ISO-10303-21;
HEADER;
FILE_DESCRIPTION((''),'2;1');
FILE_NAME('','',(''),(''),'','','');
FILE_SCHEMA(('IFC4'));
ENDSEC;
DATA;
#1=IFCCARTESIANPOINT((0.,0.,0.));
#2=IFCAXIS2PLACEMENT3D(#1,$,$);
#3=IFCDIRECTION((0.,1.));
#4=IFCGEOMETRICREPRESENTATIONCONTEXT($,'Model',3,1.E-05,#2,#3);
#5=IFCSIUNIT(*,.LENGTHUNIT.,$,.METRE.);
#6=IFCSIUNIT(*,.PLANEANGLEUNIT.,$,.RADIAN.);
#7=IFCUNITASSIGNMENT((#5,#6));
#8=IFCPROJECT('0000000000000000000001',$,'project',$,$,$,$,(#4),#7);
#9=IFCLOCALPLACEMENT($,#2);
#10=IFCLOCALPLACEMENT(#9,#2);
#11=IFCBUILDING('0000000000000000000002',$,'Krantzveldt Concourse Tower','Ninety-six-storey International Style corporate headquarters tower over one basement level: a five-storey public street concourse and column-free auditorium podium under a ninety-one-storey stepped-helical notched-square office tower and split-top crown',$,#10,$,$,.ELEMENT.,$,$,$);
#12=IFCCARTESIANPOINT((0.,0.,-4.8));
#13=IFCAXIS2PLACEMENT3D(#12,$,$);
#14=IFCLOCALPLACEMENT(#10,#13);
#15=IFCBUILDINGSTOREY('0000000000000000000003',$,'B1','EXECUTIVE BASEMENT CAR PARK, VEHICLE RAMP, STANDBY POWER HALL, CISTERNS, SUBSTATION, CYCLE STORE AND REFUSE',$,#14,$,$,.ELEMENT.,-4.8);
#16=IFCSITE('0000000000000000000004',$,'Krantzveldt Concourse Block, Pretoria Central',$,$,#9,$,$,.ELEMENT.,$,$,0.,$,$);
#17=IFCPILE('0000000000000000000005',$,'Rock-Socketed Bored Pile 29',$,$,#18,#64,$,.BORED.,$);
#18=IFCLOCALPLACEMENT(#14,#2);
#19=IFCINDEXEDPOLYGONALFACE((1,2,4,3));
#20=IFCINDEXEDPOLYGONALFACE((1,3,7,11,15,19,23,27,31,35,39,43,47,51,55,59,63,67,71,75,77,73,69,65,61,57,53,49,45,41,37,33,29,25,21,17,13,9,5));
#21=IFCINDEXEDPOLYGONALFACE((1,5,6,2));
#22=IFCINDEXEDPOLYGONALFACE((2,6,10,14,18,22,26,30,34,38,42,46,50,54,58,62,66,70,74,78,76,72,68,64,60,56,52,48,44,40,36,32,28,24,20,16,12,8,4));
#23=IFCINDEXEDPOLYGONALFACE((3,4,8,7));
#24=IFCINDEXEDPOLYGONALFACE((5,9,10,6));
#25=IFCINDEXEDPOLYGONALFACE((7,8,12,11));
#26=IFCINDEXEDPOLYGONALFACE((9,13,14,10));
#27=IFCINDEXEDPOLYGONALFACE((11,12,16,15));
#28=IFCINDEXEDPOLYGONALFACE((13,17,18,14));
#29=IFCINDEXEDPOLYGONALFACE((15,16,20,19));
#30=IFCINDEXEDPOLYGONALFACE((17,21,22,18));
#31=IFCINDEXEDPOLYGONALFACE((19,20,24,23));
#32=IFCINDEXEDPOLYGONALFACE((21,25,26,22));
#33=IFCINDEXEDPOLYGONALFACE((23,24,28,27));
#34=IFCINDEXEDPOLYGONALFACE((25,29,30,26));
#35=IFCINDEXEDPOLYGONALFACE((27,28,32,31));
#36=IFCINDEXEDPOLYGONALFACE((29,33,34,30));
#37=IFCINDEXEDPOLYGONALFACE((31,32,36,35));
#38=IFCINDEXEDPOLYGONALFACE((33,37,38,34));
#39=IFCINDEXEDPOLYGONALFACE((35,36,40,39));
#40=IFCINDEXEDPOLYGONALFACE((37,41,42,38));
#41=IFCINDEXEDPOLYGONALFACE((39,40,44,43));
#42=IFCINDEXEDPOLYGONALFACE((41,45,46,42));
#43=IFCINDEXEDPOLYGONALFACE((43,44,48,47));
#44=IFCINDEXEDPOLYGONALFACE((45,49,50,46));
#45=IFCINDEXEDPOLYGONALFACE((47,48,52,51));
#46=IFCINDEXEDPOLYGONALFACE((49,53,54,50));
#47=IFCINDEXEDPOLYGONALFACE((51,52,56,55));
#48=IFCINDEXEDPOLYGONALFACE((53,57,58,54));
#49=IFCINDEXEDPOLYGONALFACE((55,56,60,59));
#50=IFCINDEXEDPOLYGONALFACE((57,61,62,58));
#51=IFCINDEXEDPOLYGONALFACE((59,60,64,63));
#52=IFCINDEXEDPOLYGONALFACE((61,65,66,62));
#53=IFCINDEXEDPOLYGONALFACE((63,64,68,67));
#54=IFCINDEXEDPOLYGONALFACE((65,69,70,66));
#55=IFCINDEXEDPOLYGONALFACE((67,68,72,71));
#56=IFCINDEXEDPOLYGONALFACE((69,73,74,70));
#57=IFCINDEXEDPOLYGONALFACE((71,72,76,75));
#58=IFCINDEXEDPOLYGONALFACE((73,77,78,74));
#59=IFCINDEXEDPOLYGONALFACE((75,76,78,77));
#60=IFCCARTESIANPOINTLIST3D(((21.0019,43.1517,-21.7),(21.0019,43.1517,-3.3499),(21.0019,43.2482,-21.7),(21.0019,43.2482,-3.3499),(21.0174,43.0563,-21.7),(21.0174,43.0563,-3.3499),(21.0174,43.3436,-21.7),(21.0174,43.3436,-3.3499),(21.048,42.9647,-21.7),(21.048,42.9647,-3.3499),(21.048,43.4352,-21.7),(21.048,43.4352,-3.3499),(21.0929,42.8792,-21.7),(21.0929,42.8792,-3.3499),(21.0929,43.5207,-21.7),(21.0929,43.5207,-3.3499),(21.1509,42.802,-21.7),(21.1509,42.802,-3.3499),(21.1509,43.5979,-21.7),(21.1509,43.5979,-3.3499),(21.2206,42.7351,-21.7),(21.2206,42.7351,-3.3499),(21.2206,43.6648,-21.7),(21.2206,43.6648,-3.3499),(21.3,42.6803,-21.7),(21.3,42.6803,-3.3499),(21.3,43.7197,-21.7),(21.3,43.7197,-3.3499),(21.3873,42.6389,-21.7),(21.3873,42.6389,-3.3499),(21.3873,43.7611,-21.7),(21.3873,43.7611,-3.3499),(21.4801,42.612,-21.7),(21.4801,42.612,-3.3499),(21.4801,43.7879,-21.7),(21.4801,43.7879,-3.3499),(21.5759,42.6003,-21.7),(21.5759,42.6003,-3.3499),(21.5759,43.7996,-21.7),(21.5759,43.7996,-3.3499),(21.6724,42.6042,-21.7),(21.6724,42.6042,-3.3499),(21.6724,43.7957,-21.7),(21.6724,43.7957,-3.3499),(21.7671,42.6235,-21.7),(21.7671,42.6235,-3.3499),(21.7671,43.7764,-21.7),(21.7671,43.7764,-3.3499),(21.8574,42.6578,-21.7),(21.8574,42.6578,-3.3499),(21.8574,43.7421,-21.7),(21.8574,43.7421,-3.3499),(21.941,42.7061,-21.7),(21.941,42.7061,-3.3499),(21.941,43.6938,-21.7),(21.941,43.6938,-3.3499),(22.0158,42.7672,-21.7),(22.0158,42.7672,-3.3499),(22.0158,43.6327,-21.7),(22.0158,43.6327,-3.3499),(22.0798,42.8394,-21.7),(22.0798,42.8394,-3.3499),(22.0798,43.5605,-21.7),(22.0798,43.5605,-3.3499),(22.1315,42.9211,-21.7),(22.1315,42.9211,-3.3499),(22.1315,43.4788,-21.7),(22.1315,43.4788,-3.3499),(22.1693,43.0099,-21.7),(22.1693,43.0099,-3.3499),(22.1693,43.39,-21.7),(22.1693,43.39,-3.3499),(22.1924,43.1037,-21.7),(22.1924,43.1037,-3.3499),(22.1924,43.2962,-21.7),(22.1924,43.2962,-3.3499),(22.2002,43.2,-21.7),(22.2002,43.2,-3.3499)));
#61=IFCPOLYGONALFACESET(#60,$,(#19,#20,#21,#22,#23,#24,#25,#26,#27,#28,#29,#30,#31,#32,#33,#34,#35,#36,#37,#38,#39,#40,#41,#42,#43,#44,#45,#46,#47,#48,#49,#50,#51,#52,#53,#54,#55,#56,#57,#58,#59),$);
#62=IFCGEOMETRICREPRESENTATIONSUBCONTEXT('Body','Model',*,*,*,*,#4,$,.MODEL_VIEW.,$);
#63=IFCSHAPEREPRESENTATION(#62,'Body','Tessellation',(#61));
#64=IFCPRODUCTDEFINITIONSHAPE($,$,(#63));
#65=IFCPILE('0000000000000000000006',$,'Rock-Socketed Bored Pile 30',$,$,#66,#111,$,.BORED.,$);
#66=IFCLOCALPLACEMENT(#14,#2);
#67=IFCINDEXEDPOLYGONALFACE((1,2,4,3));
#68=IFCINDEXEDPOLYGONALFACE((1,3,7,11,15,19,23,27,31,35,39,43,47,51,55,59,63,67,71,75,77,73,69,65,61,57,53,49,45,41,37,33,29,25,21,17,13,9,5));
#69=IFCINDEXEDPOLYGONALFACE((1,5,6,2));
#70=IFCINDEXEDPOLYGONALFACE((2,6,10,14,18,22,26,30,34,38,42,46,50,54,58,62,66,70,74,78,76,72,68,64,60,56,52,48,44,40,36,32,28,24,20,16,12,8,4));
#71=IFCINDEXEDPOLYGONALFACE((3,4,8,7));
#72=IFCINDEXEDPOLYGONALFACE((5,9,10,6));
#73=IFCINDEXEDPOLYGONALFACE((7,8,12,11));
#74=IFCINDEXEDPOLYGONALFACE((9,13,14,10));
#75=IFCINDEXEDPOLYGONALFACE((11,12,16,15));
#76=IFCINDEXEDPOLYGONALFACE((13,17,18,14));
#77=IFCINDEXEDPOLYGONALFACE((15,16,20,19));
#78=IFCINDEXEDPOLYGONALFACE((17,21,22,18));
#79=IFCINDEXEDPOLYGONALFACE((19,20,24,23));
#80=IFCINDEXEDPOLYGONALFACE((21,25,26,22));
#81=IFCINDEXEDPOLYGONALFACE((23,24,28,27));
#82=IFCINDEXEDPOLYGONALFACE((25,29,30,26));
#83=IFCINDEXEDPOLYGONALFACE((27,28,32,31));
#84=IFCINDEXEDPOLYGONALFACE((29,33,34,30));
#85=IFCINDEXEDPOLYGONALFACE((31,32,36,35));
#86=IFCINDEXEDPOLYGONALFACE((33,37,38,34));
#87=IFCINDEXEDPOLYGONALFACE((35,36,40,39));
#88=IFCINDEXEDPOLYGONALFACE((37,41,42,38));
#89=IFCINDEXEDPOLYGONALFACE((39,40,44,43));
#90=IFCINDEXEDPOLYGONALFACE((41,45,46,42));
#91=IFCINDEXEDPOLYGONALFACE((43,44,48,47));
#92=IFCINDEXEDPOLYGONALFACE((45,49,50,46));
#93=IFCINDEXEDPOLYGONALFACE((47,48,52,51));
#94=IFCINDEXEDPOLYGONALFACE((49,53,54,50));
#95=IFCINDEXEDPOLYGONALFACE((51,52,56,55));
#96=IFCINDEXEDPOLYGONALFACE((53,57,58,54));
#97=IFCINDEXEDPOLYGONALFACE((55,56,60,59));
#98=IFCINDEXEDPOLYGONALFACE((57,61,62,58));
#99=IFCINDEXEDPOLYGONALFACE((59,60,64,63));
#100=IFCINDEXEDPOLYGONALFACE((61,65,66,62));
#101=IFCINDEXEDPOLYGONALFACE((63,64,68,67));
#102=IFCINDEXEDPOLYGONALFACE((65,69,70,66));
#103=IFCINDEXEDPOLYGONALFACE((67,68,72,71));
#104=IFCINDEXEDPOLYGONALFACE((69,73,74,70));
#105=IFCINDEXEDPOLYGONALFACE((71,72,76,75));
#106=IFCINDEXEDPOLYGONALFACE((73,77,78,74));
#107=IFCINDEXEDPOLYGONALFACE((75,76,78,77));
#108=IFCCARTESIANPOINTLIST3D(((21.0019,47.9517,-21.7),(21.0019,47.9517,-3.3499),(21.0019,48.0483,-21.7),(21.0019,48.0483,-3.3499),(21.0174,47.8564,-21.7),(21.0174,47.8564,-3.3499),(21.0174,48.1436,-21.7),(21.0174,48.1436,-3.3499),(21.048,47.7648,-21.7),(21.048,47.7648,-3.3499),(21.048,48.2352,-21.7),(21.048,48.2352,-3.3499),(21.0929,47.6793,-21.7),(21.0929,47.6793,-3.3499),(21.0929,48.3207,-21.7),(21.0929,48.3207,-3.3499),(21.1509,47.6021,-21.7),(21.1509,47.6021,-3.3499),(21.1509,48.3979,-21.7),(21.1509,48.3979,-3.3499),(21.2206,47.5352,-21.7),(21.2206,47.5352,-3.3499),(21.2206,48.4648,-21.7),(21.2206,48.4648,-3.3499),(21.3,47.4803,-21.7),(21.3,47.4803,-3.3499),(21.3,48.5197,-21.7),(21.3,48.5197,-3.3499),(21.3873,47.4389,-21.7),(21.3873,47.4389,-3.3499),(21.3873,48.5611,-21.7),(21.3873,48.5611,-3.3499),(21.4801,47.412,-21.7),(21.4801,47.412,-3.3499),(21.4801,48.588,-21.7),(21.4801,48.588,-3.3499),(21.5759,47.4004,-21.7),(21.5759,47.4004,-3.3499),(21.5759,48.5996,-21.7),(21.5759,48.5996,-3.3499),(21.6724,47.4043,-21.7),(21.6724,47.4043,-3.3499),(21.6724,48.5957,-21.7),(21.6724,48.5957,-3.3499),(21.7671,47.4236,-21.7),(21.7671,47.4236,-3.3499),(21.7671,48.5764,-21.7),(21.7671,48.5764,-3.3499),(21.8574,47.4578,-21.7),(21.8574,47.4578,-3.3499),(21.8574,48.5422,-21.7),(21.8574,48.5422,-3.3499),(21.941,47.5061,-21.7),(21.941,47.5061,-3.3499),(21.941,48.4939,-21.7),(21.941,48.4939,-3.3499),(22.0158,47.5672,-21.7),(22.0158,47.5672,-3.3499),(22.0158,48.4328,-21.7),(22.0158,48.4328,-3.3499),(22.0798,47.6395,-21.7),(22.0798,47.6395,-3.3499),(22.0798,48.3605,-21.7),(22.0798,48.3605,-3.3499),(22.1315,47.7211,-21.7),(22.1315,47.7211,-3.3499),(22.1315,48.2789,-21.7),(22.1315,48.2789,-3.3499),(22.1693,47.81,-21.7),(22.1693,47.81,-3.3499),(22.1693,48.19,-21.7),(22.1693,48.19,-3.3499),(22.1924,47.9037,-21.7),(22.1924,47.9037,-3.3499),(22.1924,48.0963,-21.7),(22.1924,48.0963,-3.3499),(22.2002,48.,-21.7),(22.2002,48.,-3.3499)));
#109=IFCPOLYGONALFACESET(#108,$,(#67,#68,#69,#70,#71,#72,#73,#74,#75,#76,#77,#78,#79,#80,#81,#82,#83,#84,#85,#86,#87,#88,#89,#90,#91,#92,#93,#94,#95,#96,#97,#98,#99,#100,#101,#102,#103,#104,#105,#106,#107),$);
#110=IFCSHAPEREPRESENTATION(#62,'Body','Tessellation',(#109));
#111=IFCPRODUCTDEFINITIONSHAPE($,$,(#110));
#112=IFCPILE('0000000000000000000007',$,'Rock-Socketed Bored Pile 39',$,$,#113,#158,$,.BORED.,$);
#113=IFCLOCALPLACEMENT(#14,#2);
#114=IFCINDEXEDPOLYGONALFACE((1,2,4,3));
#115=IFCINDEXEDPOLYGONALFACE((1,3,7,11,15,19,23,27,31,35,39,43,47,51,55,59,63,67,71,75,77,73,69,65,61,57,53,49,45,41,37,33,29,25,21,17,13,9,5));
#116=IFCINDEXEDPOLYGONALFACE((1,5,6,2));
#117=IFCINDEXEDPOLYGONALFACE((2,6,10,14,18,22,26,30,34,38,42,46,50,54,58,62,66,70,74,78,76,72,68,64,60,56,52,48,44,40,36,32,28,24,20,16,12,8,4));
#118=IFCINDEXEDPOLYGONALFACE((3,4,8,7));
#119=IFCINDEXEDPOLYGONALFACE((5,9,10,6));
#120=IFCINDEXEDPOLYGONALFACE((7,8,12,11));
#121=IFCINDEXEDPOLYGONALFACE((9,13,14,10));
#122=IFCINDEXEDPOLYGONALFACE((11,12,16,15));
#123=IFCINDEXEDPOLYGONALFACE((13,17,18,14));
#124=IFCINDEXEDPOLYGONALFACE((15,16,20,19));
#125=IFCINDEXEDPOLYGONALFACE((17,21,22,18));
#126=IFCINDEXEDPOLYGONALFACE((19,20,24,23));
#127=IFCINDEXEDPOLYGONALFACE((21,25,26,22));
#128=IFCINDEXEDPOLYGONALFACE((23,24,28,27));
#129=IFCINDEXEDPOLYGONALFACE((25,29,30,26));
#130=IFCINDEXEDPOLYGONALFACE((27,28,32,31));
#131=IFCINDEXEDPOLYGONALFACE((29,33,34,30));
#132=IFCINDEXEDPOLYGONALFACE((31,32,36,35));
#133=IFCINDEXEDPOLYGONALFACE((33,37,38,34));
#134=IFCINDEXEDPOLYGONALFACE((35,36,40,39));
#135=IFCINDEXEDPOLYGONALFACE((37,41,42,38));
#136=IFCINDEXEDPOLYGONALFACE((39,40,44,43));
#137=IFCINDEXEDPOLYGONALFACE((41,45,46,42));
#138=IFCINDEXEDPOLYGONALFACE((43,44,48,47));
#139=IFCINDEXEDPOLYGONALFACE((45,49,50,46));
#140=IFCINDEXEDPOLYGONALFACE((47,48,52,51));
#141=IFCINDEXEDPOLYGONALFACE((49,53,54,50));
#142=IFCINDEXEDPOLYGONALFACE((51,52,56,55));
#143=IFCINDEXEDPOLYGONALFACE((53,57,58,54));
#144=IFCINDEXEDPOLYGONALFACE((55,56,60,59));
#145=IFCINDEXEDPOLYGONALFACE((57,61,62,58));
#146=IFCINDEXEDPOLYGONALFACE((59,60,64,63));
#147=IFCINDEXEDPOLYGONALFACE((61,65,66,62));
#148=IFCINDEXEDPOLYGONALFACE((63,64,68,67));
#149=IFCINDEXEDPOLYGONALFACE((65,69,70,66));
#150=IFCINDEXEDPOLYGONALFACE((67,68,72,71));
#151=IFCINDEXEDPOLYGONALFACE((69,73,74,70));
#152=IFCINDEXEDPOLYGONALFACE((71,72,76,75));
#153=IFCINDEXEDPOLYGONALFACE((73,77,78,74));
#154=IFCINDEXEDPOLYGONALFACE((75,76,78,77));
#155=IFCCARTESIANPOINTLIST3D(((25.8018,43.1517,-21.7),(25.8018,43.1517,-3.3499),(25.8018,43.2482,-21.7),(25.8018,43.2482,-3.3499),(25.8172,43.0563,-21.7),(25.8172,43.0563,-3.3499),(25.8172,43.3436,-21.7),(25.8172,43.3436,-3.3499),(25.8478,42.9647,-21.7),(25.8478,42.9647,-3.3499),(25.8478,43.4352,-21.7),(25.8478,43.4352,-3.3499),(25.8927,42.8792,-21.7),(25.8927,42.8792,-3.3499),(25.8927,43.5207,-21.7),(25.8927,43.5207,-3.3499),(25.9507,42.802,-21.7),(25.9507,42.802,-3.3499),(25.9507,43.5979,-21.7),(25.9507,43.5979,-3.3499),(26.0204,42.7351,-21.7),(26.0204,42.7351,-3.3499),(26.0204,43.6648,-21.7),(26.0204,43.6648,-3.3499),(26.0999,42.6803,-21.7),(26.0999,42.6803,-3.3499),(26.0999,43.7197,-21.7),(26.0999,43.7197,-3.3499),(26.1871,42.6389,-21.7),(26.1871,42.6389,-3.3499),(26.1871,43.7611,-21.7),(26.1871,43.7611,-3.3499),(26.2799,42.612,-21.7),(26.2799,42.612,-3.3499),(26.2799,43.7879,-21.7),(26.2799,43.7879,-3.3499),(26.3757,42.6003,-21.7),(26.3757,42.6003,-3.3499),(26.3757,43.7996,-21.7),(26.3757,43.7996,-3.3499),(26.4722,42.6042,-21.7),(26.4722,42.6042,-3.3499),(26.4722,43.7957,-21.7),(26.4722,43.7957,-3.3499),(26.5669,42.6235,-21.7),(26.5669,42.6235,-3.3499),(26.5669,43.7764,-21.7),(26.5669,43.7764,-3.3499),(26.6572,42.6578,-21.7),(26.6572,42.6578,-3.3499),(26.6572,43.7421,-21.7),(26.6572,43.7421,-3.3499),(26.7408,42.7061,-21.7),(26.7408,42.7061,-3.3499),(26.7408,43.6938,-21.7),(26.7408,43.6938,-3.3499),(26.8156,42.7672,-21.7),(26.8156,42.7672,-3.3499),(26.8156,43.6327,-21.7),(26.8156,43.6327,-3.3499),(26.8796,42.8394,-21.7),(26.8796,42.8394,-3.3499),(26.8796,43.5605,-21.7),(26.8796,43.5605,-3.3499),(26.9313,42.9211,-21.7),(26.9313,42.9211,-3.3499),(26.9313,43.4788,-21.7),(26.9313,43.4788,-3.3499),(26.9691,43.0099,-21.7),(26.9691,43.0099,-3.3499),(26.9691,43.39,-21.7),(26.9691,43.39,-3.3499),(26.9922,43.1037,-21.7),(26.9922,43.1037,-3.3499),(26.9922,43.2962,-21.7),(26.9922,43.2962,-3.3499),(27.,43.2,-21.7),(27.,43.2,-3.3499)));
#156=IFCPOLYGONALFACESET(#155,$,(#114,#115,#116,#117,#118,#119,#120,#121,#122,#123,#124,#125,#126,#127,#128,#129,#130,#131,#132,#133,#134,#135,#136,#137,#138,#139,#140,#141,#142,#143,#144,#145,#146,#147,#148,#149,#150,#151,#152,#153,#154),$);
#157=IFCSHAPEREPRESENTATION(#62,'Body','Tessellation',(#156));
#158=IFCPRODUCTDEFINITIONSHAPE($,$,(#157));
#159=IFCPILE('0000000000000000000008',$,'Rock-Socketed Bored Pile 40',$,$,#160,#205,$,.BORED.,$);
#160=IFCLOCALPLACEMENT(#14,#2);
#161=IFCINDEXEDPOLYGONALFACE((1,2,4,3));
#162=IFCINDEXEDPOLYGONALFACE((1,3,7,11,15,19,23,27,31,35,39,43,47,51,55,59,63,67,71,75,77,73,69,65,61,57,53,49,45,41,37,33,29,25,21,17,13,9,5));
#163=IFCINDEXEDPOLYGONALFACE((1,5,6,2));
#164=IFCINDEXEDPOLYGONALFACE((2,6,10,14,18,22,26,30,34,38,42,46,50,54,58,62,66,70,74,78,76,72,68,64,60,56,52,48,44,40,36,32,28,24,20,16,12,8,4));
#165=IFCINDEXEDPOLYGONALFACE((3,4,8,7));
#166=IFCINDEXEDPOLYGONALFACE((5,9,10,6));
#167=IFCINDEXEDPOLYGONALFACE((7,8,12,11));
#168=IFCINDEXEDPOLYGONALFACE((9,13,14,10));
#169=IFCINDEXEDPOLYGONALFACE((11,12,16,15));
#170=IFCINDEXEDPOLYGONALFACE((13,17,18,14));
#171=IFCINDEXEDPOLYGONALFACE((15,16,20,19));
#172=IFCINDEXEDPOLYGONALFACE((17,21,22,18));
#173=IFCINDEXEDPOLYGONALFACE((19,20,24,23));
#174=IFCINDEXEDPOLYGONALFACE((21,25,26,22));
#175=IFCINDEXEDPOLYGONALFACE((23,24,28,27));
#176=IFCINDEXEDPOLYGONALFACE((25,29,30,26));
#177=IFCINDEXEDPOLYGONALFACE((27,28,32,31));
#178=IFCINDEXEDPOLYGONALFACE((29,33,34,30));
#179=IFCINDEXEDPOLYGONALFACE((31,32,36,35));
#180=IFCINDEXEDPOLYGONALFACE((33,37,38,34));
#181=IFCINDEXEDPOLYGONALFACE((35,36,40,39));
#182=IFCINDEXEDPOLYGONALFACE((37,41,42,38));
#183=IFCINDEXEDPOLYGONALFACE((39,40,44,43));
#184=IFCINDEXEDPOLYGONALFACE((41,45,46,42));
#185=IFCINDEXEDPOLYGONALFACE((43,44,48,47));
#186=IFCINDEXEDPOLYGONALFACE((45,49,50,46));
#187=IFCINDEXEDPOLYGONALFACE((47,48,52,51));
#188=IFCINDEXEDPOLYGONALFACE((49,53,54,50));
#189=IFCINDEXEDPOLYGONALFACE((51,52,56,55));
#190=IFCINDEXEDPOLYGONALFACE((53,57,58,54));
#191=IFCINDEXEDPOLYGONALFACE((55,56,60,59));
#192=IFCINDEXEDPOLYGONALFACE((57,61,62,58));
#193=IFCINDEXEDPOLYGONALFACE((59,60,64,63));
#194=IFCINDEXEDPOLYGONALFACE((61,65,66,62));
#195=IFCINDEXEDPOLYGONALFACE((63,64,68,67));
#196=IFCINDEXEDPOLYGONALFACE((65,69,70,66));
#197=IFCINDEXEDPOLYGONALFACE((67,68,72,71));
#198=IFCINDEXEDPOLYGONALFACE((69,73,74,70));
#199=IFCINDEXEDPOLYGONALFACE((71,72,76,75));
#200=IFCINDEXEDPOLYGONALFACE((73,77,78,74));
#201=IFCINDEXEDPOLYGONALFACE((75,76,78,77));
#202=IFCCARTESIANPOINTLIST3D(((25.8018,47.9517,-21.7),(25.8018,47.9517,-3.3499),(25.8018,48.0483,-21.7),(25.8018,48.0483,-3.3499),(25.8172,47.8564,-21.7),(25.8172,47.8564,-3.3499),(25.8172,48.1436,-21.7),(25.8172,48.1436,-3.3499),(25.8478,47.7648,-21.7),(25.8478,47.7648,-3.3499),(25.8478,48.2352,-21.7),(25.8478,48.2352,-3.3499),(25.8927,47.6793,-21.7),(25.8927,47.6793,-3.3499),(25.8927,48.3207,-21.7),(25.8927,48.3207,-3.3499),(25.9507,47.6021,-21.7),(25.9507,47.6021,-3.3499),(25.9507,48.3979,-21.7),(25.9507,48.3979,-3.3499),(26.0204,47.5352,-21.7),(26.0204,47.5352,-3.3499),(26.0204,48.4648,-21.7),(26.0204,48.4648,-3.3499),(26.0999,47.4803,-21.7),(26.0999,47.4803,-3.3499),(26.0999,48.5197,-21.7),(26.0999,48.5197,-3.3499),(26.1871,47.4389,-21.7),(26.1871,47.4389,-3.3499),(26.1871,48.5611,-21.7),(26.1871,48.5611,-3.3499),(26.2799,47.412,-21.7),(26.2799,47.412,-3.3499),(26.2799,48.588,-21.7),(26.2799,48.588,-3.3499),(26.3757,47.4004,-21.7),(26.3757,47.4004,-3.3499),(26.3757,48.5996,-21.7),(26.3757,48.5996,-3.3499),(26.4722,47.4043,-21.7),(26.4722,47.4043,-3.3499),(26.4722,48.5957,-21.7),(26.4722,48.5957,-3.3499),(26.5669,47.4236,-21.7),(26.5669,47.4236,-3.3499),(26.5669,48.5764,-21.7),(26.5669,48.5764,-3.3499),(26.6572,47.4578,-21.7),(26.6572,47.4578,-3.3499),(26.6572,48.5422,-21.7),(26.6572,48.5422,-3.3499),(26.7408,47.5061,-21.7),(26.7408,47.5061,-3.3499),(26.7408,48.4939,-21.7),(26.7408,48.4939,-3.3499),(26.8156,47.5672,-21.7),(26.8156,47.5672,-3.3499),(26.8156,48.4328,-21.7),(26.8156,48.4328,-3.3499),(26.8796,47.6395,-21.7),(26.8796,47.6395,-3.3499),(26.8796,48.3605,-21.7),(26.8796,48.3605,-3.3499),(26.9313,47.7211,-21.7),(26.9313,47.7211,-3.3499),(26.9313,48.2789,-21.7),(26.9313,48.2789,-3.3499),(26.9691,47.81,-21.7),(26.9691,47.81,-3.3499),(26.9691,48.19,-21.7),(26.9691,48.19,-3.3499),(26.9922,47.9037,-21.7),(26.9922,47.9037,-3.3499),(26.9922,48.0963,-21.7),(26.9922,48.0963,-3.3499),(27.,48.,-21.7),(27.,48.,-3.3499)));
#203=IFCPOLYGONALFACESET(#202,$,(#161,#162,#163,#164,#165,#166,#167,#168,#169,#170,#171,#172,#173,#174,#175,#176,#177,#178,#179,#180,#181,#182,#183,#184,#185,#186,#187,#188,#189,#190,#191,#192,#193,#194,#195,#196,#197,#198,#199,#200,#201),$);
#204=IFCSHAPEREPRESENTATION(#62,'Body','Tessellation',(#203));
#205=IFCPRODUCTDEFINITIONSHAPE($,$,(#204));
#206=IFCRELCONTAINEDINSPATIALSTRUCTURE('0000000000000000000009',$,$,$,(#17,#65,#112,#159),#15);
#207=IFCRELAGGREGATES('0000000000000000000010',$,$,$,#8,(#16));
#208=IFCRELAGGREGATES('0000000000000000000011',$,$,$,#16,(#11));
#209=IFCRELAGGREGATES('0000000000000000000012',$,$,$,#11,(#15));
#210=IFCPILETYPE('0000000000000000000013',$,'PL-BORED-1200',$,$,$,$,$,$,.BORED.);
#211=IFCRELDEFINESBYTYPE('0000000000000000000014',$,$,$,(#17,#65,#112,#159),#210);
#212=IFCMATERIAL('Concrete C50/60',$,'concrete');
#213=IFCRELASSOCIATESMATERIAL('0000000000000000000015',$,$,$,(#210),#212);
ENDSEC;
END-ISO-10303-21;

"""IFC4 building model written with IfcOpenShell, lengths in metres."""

from ifc_helpers import new_model, si_unit, direction, frame, origin, origin_2d, place, context, subcontext, project, spatial, circle, extrude, source, transform, mapped, material, material_profile, profile_set, type_object, type_shapes, element, save


model = new_model("IFC4")

# Units and contexts
model_context = context("Model", 3, precision=1e-05, world=origin(), true_north=direction((0.0, 1.0)))
body_context = subcontext(model_context, "Body", "Model", "MODEL_VIEW")
ifc_project = project(units=[si_unit("LENGTHUNIT", "METRE"), si_unit("PLANEANGLEUNIT", "RADIAN")], contexts=[model_context])

# Site, building, storey
site_placement = place(None, origin())
site = spatial("IfcSite", under=ifc_project, at=site_placement, Name="Krantzveldt Concourse Block, Pretoria Central", CompositionType="ELEMENT", RefElevation=0.0)
building_placement = place(site_placement, origin())
building = spatial("IfcBuilding", under=site, at=building_placement, Name="Krantzveldt Concourse Tower", Description="Ninety-six-storey International Style corporate headquarters tower over one basement level: a five-storey public street concourse and column-free auditorium podium under a ninety-one-storey stepped-helical notched-square office tower and split-top crown", CompositionType="ELEMENT")
storey_placement = place(building_placement, frame((0.0, 0.0, -4.8)))
storey = spatial("IfcBuildingStorey", under=building, at=storey_placement, Name="B1", Description="EXECUTIVE BASEMENT CAR PARK, VEHICLE RAMP, STANDBY POWER HALL, CISTERNS, SUBSTATION, CYCLE STORE AND REFUSE", CompositionType="ELEMENT", Elevation=-4.8)

# Piles
ifc_material_1 = material(Name="Concrete C50/60", Category="concrete")
ifc_material_profile_1 = material_profile(ifc_material_1, circle(Radius=0.6001, at=origin_2d()), Name="Concrete C50/60", Category="concrete")
ifc_profile_set_1 = profile_set([ifc_material_profile_1], Name="Concrete C50/60 - PILE D1200")
pile_type_1 = type_object("IfcPileType", Name="PL-BORED-1200", PredefinedType="BORED", material=ifc_profile_set_1)
shared_shape_1 = source(origin(), body_context, "Body", "SweptSolid", [
    extrude(circle(Radius=0.6001, at=origin_2d()), origin(), (0.0, 0.0, 1.0), 18.3501),
])
type_shapes(pile_type_1, [shared_shape_1])
for number, where, z_axis, x_axis, name in (
    (1, (21.6001, 43.2, -3.3499), (0.0, 0.0, -1.0), (1.0, 0.0, 0.0), "Rock-Socketed Bored Pile 29"),
    (2, (21.6001, 48.0, -3.3499), (0.0, 0.0, -1.0), (1.0, 0.0, 0.0), "Rock-Socketed Bored Pile 30"),
    (3, (26.3999, 43.2, -3.3499), (0.0, 0.0, -1.0), (1.0, 0.0, 0.0), "Rock-Socketed Bored Pile 39"),
    (4, (26.3999, 48.0, -3.3499), (0.0, 0.0, -1.0), (1.0, 0.0, 0.0), "Rock-Socketed Bored Pile 40"),
):
    element("IfcPile", number, at=place(storey_placement, frame(where, z_axis=z_axis, x_axis=x_axis)), inside=storey, type_object=pile_type_1, Name=name, PredefinedType="BORED", context=body_context, shape_type="MappedRepresentation", body=[
        mapped(shared_shape_1, transform((0.0, 0.0, 0.0), x_axis=(1.0, 0.0, 0.0), y_axis=(0.0, 1.0, 0.0), z_axis=(0.0, 0.0, 1.0), scale=1.0)),
    ])

save(model, "model.ifc")
